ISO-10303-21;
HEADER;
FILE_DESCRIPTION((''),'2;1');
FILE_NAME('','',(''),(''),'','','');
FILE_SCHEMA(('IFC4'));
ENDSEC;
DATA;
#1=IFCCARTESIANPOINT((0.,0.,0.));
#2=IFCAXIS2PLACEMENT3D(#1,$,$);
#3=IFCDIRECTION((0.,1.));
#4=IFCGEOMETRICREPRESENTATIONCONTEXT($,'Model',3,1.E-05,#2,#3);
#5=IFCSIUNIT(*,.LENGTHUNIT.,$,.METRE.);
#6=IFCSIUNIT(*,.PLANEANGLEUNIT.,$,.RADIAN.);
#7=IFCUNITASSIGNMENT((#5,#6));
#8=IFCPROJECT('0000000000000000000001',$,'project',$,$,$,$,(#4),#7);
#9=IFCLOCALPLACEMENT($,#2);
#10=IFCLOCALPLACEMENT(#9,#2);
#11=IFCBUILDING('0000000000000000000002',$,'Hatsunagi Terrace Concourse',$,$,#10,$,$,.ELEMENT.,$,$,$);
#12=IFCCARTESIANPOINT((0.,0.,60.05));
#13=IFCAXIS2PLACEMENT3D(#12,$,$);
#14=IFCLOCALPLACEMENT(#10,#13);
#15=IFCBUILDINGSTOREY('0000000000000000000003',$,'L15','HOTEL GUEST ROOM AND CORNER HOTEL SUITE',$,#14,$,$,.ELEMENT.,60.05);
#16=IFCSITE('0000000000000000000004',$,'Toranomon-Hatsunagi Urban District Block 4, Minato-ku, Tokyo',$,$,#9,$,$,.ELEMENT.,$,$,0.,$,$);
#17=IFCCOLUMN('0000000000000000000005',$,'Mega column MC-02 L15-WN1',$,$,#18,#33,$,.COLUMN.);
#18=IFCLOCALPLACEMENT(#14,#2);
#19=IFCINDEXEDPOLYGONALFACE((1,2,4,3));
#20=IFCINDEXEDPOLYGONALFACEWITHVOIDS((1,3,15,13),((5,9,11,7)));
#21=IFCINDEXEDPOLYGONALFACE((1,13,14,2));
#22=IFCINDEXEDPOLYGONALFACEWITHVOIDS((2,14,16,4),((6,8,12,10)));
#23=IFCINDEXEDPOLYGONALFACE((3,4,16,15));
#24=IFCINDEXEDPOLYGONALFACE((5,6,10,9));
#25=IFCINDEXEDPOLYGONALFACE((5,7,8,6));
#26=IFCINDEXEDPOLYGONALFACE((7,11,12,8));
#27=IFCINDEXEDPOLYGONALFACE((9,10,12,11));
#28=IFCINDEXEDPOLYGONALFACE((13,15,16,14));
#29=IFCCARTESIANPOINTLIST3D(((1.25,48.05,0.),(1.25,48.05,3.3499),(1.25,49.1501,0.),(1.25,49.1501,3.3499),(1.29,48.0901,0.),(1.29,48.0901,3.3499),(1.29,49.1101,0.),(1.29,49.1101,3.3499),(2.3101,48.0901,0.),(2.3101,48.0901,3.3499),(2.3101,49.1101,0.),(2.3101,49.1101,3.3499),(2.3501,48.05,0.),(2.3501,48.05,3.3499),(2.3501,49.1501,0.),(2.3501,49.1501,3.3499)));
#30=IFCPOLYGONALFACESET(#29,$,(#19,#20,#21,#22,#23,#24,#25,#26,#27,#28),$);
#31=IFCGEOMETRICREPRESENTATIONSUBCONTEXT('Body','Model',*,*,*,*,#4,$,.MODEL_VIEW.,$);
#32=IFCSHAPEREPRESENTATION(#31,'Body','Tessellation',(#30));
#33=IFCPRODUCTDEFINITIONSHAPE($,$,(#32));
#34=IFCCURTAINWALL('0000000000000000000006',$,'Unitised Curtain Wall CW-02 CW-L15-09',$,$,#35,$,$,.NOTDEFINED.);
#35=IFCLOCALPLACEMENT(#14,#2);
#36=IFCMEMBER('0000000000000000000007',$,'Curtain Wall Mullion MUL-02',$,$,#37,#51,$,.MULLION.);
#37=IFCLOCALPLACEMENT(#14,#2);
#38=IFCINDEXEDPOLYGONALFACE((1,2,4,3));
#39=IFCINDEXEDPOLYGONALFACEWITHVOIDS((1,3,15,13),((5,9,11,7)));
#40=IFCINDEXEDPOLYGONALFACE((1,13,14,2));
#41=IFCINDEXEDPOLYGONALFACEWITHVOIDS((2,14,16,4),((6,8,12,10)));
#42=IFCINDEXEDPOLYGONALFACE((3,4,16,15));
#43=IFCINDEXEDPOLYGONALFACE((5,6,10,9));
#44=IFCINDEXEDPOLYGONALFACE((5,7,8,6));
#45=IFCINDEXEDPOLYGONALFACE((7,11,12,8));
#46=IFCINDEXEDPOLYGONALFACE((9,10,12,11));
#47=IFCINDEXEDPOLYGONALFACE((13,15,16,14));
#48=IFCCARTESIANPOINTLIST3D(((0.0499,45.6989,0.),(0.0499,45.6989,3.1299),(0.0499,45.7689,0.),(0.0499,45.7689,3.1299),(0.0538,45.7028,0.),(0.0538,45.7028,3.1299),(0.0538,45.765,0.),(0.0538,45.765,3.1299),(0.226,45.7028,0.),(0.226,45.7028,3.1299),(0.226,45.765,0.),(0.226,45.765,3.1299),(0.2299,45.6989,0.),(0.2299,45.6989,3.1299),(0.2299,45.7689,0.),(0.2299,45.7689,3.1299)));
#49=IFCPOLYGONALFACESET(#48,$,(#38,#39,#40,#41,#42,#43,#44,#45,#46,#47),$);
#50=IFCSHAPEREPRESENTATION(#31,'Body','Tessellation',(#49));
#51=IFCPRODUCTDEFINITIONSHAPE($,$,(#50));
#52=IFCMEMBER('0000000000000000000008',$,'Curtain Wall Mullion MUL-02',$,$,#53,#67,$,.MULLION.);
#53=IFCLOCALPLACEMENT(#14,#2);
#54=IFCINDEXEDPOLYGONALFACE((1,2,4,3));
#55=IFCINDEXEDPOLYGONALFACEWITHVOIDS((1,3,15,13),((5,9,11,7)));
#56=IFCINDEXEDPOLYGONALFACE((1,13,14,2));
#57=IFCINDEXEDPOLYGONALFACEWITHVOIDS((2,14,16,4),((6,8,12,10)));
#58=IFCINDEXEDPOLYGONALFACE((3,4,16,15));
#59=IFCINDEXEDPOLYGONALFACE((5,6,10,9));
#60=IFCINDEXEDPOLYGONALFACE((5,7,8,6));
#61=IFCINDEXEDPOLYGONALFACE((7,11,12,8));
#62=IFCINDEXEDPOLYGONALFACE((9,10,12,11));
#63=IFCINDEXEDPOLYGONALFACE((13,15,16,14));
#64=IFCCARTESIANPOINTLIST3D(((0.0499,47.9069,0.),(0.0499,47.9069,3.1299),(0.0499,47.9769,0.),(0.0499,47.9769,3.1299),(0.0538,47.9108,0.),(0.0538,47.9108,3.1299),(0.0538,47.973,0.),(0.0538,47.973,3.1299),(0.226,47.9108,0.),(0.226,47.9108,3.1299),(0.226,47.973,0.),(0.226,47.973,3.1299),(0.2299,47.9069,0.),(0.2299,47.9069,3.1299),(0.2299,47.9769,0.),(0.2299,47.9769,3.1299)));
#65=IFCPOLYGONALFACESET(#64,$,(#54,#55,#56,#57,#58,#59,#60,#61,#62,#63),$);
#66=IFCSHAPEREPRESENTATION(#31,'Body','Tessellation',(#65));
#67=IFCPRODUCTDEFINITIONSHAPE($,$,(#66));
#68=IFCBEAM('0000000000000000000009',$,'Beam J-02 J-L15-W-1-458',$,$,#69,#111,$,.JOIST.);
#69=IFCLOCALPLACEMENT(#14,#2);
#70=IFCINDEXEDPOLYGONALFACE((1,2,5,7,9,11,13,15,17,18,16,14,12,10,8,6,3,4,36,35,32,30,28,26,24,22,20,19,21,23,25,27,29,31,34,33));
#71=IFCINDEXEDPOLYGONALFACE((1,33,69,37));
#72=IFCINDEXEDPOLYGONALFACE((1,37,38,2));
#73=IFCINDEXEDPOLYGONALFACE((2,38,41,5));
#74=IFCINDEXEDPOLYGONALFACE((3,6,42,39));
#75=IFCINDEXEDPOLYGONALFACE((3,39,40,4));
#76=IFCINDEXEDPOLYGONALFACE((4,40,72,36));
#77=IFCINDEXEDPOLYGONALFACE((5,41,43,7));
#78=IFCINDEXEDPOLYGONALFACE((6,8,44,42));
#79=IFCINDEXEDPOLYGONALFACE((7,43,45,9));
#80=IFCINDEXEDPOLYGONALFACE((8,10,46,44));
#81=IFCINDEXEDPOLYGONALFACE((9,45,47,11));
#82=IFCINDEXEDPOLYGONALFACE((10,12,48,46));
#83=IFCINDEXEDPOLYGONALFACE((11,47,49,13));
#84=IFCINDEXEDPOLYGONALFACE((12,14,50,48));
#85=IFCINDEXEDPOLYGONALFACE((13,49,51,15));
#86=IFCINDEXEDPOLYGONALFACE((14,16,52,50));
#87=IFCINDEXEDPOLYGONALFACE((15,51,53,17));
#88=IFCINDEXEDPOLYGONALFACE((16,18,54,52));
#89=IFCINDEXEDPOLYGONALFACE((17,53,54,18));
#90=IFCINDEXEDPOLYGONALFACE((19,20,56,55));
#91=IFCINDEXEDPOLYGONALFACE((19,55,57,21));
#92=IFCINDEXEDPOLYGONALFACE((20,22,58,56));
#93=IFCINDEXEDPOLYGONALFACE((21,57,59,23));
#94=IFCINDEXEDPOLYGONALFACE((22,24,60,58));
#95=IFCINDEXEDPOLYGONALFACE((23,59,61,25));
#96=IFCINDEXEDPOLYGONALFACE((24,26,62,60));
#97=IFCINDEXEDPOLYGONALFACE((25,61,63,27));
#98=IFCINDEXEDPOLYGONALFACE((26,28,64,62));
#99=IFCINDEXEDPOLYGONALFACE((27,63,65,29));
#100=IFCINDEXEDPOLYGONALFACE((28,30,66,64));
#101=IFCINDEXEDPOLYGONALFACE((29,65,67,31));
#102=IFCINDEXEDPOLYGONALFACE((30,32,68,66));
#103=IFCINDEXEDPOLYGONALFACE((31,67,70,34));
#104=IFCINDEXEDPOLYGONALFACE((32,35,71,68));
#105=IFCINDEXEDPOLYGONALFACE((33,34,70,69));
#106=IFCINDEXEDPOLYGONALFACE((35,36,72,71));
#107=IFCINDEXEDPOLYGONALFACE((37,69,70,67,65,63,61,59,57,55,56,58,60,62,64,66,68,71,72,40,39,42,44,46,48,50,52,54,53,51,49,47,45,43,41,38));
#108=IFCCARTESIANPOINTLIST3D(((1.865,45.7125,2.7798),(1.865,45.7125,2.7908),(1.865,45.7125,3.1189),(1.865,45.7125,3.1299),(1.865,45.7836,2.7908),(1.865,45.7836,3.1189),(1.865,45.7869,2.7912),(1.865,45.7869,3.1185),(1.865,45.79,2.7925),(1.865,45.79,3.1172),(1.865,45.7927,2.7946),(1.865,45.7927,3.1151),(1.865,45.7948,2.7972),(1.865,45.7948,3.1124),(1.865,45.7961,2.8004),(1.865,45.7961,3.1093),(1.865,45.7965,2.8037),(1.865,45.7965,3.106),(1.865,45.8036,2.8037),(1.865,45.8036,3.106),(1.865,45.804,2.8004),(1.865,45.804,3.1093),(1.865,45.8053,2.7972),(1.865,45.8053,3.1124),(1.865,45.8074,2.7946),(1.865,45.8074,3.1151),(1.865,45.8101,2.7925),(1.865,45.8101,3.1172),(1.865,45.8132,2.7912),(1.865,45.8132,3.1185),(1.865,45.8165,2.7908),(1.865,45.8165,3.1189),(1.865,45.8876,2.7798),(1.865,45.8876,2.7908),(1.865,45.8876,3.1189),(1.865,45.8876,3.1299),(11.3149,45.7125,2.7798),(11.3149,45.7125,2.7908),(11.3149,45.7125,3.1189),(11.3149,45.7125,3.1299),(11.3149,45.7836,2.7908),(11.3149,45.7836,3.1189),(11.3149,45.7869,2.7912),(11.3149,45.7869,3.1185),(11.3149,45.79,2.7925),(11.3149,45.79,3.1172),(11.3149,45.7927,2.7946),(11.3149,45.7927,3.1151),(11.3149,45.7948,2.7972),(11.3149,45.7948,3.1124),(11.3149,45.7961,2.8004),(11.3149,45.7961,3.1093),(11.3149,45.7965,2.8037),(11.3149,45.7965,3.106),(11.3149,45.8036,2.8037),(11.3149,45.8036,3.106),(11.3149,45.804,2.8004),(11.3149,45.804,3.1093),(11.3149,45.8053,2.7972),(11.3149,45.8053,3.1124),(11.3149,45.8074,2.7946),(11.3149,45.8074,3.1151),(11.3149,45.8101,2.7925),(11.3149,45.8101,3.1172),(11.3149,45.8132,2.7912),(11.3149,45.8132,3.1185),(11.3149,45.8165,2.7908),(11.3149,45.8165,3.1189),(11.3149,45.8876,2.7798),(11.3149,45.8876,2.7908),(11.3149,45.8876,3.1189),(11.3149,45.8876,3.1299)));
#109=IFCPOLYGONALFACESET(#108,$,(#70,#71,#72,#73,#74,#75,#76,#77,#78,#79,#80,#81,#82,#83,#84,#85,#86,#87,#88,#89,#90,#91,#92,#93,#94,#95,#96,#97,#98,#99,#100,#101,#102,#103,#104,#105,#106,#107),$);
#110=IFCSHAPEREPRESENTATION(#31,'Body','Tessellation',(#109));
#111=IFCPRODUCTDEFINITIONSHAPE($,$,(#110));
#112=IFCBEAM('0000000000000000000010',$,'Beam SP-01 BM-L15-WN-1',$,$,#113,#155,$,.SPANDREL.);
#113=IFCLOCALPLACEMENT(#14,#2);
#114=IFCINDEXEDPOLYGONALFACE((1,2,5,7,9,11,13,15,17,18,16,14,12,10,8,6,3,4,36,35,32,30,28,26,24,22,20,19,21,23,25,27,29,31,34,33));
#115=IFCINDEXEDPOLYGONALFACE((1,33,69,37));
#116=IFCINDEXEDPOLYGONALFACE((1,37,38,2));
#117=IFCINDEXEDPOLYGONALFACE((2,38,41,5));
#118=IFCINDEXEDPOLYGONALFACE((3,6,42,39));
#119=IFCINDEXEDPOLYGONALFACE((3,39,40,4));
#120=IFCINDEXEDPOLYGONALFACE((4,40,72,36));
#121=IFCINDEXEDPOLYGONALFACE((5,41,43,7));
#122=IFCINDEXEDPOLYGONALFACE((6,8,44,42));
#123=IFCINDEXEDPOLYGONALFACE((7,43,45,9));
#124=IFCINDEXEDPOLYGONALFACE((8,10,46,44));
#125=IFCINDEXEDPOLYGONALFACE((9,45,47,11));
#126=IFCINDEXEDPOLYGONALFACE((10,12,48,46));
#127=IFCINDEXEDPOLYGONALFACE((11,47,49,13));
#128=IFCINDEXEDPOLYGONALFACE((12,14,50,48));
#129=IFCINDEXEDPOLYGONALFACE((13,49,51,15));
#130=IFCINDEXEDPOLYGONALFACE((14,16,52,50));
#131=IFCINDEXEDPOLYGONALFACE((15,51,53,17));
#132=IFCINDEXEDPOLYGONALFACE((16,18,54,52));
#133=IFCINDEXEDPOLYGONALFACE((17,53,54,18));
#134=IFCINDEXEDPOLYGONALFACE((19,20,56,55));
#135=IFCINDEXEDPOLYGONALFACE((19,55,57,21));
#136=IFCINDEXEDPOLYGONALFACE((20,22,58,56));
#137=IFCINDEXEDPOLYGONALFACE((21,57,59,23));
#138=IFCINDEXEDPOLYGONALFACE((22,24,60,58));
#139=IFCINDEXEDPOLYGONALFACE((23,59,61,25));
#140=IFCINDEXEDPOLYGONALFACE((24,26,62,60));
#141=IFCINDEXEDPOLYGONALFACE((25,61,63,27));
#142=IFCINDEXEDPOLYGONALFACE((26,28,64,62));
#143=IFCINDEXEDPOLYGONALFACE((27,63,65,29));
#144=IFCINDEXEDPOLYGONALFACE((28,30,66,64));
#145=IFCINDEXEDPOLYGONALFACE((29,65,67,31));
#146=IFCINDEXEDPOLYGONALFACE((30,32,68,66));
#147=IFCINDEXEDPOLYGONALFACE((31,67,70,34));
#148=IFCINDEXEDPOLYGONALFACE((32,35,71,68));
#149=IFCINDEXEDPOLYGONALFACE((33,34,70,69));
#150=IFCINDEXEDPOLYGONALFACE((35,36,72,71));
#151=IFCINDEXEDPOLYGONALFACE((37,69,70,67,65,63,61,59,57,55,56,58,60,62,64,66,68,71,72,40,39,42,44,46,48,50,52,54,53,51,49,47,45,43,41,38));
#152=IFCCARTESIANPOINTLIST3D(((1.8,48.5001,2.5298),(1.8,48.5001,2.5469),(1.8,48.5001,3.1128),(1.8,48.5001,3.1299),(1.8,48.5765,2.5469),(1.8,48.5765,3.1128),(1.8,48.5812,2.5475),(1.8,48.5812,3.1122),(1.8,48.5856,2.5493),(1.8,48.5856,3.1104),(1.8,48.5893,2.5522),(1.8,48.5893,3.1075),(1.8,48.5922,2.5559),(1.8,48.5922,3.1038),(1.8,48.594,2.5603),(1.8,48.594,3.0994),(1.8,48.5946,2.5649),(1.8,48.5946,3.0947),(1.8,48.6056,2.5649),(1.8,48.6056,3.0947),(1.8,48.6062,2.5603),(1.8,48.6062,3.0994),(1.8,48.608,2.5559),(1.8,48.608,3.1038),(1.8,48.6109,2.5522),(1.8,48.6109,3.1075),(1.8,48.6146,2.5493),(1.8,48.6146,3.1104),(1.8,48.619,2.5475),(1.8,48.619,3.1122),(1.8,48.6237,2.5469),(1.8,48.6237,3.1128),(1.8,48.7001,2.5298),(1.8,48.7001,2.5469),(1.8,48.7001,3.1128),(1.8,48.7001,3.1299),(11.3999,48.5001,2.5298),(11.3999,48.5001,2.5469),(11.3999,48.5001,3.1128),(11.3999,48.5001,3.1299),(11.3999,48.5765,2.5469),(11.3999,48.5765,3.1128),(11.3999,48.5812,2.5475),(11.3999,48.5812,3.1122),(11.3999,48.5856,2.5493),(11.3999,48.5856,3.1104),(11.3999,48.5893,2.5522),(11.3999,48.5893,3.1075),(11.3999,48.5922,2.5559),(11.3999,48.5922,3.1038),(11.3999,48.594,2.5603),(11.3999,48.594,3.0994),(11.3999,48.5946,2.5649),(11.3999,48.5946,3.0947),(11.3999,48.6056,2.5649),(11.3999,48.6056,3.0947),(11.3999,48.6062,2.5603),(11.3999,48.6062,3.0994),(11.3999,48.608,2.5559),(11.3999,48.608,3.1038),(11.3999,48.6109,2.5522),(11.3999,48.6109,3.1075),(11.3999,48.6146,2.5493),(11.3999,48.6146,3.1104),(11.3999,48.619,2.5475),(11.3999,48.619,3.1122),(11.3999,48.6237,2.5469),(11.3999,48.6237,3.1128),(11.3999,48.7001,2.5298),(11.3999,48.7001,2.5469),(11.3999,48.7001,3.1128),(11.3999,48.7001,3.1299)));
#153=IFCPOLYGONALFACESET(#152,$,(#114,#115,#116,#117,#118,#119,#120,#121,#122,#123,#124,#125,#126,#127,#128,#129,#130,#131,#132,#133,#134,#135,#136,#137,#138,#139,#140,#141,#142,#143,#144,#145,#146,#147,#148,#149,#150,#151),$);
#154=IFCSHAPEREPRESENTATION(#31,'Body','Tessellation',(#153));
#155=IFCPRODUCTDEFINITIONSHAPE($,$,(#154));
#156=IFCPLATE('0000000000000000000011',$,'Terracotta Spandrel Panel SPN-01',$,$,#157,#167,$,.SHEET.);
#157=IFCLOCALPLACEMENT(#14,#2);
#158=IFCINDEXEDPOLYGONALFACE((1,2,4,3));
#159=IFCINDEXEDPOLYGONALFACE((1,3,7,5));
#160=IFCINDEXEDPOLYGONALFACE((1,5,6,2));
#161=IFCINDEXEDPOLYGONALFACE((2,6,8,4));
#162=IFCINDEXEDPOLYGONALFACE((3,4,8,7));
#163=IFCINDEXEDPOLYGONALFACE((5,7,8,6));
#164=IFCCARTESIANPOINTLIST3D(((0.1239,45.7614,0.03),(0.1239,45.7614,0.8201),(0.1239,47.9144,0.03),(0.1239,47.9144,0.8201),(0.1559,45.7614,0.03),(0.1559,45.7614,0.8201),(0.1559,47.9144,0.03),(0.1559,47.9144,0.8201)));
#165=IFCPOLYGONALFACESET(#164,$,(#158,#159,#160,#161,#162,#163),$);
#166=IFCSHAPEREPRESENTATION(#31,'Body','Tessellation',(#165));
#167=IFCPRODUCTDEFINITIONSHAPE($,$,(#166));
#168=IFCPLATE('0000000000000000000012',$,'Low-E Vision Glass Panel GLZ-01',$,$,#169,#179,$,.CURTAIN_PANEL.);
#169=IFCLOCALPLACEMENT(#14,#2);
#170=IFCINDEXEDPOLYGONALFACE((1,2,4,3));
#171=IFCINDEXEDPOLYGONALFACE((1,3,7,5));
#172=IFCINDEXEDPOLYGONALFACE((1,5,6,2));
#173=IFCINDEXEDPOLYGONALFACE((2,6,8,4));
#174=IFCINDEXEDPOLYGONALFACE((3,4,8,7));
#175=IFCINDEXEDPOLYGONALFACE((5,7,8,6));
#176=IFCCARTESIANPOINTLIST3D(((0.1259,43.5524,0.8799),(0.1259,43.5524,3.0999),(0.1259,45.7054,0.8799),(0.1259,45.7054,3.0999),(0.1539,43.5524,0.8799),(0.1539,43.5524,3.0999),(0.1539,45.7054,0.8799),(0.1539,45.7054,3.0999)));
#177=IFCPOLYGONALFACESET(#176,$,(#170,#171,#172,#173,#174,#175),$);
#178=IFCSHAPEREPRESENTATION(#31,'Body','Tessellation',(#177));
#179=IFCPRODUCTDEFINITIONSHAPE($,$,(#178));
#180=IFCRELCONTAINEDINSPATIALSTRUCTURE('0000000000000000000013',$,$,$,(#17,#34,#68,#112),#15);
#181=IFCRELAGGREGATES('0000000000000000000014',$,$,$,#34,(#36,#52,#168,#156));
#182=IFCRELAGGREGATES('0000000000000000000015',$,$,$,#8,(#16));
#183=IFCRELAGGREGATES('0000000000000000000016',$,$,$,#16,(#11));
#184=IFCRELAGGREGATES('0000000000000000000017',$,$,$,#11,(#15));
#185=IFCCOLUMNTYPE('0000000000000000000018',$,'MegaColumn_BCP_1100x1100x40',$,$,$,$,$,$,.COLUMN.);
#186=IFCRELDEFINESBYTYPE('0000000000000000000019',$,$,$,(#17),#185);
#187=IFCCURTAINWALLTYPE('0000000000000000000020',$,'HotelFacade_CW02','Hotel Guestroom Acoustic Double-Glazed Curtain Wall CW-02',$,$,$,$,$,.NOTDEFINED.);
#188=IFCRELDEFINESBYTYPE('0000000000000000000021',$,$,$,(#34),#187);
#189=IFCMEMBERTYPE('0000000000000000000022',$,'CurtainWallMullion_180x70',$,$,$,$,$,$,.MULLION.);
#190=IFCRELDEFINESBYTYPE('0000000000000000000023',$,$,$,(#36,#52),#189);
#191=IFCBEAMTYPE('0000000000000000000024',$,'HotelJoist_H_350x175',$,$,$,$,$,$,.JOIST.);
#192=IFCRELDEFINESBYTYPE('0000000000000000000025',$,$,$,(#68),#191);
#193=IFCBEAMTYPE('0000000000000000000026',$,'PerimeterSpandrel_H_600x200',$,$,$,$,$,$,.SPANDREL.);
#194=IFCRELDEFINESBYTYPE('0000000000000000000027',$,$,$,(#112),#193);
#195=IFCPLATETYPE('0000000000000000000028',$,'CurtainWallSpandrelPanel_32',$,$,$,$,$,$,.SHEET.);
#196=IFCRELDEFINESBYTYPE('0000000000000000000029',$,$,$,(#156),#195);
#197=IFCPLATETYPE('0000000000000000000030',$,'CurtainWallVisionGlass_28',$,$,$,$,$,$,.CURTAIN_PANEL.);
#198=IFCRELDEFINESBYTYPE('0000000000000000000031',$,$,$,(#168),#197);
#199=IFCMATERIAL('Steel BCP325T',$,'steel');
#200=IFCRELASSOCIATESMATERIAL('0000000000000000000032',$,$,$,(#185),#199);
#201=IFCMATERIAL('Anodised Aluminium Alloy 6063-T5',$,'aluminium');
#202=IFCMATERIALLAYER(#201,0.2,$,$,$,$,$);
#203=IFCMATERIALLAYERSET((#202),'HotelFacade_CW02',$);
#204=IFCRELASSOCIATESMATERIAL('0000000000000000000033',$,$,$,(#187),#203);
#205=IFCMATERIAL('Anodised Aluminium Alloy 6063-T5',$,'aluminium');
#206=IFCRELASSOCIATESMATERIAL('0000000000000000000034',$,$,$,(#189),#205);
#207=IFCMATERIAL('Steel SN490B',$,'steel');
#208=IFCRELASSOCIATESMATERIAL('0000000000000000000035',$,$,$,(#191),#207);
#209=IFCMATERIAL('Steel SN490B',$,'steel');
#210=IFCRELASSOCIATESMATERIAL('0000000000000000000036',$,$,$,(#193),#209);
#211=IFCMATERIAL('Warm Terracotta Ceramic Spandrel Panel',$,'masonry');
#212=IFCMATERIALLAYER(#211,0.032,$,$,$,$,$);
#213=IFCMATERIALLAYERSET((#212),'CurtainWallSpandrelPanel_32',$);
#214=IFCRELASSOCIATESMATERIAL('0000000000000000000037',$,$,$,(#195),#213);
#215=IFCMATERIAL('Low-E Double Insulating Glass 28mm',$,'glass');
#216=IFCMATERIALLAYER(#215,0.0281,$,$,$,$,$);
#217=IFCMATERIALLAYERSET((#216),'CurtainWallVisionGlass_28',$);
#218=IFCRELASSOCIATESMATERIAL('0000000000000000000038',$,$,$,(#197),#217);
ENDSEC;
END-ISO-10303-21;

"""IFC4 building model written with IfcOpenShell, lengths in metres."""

from ifc_helpers import new_model, si_unit, direction, frame, origin, origin_2d, place, context, subcontext, project, spatial, rectangle, hollow_rectangle, i_section, extrude, material, layer, layer_set, material_profile, profile_set, type_object, element, aggregate, save


model = new_model("IFC4")

# Units and contexts
model_context = context("Model", 3, precision=1e-05, world=origin(), true_north=direction((0.0, 1.0)))
body_context = subcontext(model_context, "Body", "Model", "MODEL_VIEW")
ifc_project = project(units=[si_unit("LENGTHUNIT", "METRE"), si_unit("PLANEANGLEUNIT", "RADIAN")], contexts=[model_context])

# Site, building, storey
site_placement = place(None, origin())
site = spatial("IfcSite", under=ifc_project, at=site_placement, Name="Toranomon-Hatsunagi Urban District Block 4, Minato-ku, Tokyo", CompositionType="ELEMENT", RefElevation=0.0)
building_placement = place(site_placement, origin())
building = spatial("IfcBuilding", under=site, at=building_placement, Name="Hatsunagi Terrace Concourse", CompositionType="ELEMENT")
storey_placement = place(building_placement, frame((0.0, 0.0, 60.05)))
storey = spatial("IfcBuildingStorey", under=building, at=storey_placement, Name="L15", Description="HOTEL GUEST ROOM AND CORNER HOTEL SUITE", CompositionType="ELEMENT", Elevation=60.05)

# Column
ifc_material_1 = material(Name="Steel BCP325T", Category="steel")
ifc_material_profile_1 = material_profile(ifc_material_1, hollow_rectangle(XDim=1.1001, YDim=1.1001, WallThickness=0.04, at=origin_2d()), Name="BCP-1100x1100x40")
ifc_profile_set_1 = profile_set([ifc_material_profile_1], Name="Steel BCP325T")
column_type = type_object("IfcColumnType", Name="MegaColumn_BCP_1100x1100x40", PredefinedType="COLUMN", material=ifc_profile_set_1)
column_placement = place(storey_placement, frame((1.8, 48.6001, 0.0), z_axis=(0.0, 0.0, 1.0), x_axis=(1.0, 0.0, 0.0)))
element("IfcColumn", 1, at=column_placement, inside=storey, type_object=column_type, Name="Mega column MC-02 L15-WN1", PredefinedType="COLUMN", context=body_context, shape_type="SweptSolid", body=[
    extrude(hollow_rectangle(XDim=1.1001, YDim=1.1001, WallThickness=0.04, at=origin_2d()), origin(), (0.0, 0.0, 1.0), 3.3499),
])

# Curtain wall, members
ifc_material_2 = material(Name="Anodised Aluminium Alloy 6063-T5", Category="aluminium")
ifc_layer_1 = layer(ifc_material_2, 0.2)
ifc_layer_set_1 = layer_set([ifc_layer_1], Name="HotelFacade_CW02")
curtain_wall_type = type_object("IfcCurtainWallType", Name="HotelFacade_CW02", Description="Hotel Guestroom Acoustic Double-Glazed Curtain Wall CW-02", PredefinedType="NOTDEFINED", material=ifc_layer_set_1)
curtain_wall_placement = place(storey_placement, origin())
curtain_wall = element("IfcCurtainWall", 2, at=curtain_wall_placement, inside=storey, type_object=curtain_wall_type, Name="Unitised Curtain Wall CW-02 CW-L15-09", PredefinedType="NOTDEFINED")
ifc_material_3 = material(Name="Anodised Aluminium Alloy 6063-T5", Category="aluminium")
ifc_material_profile_2 = material_profile(ifc_material_3, hollow_rectangle(XDim=0.0701, YDim=0.1799, WallThickness=0.0039, at=origin_2d()), Name="ALU-MUL-180x70x4")
ifc_profile_set_2 = profile_set([ifc_material_profile_2], Name="Anodised Aluminium Alloy 6063-T5")
member_type = type_object("IfcMemberType", Name="CurtainWallMullion_180x70", PredefinedType="MULLION", material=ifc_profile_set_2)
member_1_placement = place(storey_placement, frame((0.1399, 45.7339, 0.0), z_axis=(0.0, 0.0, 1.0), x_axis=(0.0, 1.0, 0.0)))
member_1 = element("IfcMember", 3, at=member_1_placement, type_object=member_type, Name="Curtain Wall Mullion MUL-02", PredefinedType="MULLION", context=body_context, shape_type="SweptSolid", body=[
    extrude(hollow_rectangle(XDim=0.0701, YDim=0.1799, WallThickness=0.0039, at=origin_2d()), origin(), (0.0, 0.0, 1.0), 3.1299),
])
member_2_placement = place(storey_placement, frame((0.1399, 47.9419, 0.0), z_axis=(0.0, 0.0, 1.0), x_axis=(0.0, 1.0, 0.0)))
member_2 = element("IfcMember", 4, at=member_2_placement, type_object=member_type, Name="Curtain Wall Mullion MUL-02", PredefinedType="MULLION", context=body_context, shape_type="SweptSolid", body=[
    extrude(hollow_rectangle(XDim=0.0701, YDim=0.1799, WallThickness=0.0039, at=origin_2d()), origin(), (0.0, 0.0, 1.0), 3.1299),
])

# Beams
ifc_material_4 = material(Name="Steel SN490B", Category="steel")
ifc_material_profile_3 = material_profile(ifc_material_4, i_section(OverallWidth=0.175, OverallDepth=0.3501, WebThickness=0.0071, FlangeThickness=0.011, FilletRadius=0.0129, at=origin_2d()), Name="H-350x175x7x11")
ifc_profile_set_3 = profile_set([ifc_material_profile_3], Name="Steel SN490B")
beam_type_1 = type_object("IfcBeamType", Name="HotelJoist_H_350x175", PredefinedType="JOIST", material=ifc_profile_set_3)
beam_1_placement = place(storey_placement, frame((1.865, 45.8, 2.9548), z_axis=(1.0, 0.0, 0.0), x_axis=(0.0, 1.0, 0.0)))
element("IfcBeam", 5, at=beam_1_placement, inside=storey, type_object=beam_type_1, Name="Beam J-02 J-L15-W-1-458", PredefinedType="JOIST", context=body_context, shape_type="SweptSolid", body=[
    extrude(i_section(OverallWidth=0.175, OverallDepth=0.3501, WebThickness=0.0071, FlangeThickness=0.011, FilletRadius=0.0129, at=origin_2d()), origin(), (0.0, 0.0, 1.0), 9.45),
])
ifc_material_5 = material(Name="Steel SN490B", Category="steel")
ifc_material_profile_4 = material_profile(ifc_material_5, i_section(OverallWidth=0.2, OverallDepth=0.6001, WebThickness=0.011, FlangeThickness=0.0171, FilletRadius=0.0181, at=origin_2d()), Name="H-600x200x11x17")
ifc_profile_set_4 = profile_set([ifc_material_profile_4], Name="Steel SN490B")
beam_type_2 = type_object("IfcBeamType", Name="PerimeterSpandrel_H_600x200", PredefinedType="SPANDREL", material=ifc_profile_set_4)
beam_2_placement = place(storey_placement, frame((1.8, 48.6001, 2.8298), z_axis=(1.0, 0.0, 0.0), x_axis=(0.0, 1.0, 0.0)))
element("IfcBeam", 6, at=beam_2_placement, inside=storey, type_object=beam_type_2, Name="Beam SP-01 BM-L15-WN-1", PredefinedType="SPANDREL", context=body_context, shape_type="SweptSolid", body=[
    extrude(i_section(OverallWidth=0.2, OverallDepth=0.6001, WebThickness=0.011, FlangeThickness=0.0171, FilletRadius=0.0181, at=origin_2d()), origin(), (0.0, 0.0, 1.0), 9.5999),
])

# Plates
ifc_material_6 = material(Name="Warm Terracotta Ceramic Spandrel Panel", Category="masonry")
ifc_layer_2 = layer(ifc_material_6, 0.032)
ifc_layer_set_2 = layer_set([ifc_layer_2], Name="CurtainWallSpandrelPanel_32")
plate_type_1 = type_object("IfcPlateType", Name="CurtainWallSpandrelPanel_32", PredefinedType="SHEET", material=ifc_layer_set_2)
plate_1_placement = place(storey_placement, frame((0.1399, 46.8379, 0.03), z_axis=(0.0, 0.0, 1.0), x_axis=(0.0, 1.0, 0.0)))
plate_1 = element("IfcPlate", 7, at=plate_1_placement, type_object=plate_type_1, Name="Terracotta Spandrel Panel SPN-01", PredefinedType="SHEET", context=body_context, shape_type="SweptSolid", body=[
    extrude(rectangle(XDim=2.1531, YDim=0.032, at=origin_2d()), origin(), (0.0, 0.0, 1.0), 0.79),
])
ifc_material_7 = material(Name="Low-E Double Insulating Glass 28mm", Category="glass")
ifc_layer_3 = layer(ifc_material_7, 0.0281)
ifc_layer_set_3 = layer_set([ifc_layer_3], Name="CurtainWallVisionGlass_28")
plate_type_2 = type_object("IfcPlateType", Name="CurtainWallVisionGlass_28", PredefinedType="CURTAIN_PANEL", material=ifc_layer_set_3)
plate_2_placement = place(storey_placement, frame((0.1399, 44.6289, 0.8799), z_axis=(0.0, 0.0, 1.0), x_axis=(0.0, 1.0, 0.0)))
plate_2 = element("IfcPlate", 8, at=plate_2_placement, type_object=plate_type_2, Name="Low-E Vision Glass Panel GLZ-01", PredefinedType="CURTAIN_PANEL", context=body_context, shape_type="SweptSolid", body=[
    extrude(rectangle(XDim=2.1531, YDim=0.0281, at=origin_2d()), origin(), (0.0, 0.0, 1.0), 2.22),
])
aggregate(curtain_wall, [member_1, member_2, plate_2, plate_1])

save(model, "model.ifc")
